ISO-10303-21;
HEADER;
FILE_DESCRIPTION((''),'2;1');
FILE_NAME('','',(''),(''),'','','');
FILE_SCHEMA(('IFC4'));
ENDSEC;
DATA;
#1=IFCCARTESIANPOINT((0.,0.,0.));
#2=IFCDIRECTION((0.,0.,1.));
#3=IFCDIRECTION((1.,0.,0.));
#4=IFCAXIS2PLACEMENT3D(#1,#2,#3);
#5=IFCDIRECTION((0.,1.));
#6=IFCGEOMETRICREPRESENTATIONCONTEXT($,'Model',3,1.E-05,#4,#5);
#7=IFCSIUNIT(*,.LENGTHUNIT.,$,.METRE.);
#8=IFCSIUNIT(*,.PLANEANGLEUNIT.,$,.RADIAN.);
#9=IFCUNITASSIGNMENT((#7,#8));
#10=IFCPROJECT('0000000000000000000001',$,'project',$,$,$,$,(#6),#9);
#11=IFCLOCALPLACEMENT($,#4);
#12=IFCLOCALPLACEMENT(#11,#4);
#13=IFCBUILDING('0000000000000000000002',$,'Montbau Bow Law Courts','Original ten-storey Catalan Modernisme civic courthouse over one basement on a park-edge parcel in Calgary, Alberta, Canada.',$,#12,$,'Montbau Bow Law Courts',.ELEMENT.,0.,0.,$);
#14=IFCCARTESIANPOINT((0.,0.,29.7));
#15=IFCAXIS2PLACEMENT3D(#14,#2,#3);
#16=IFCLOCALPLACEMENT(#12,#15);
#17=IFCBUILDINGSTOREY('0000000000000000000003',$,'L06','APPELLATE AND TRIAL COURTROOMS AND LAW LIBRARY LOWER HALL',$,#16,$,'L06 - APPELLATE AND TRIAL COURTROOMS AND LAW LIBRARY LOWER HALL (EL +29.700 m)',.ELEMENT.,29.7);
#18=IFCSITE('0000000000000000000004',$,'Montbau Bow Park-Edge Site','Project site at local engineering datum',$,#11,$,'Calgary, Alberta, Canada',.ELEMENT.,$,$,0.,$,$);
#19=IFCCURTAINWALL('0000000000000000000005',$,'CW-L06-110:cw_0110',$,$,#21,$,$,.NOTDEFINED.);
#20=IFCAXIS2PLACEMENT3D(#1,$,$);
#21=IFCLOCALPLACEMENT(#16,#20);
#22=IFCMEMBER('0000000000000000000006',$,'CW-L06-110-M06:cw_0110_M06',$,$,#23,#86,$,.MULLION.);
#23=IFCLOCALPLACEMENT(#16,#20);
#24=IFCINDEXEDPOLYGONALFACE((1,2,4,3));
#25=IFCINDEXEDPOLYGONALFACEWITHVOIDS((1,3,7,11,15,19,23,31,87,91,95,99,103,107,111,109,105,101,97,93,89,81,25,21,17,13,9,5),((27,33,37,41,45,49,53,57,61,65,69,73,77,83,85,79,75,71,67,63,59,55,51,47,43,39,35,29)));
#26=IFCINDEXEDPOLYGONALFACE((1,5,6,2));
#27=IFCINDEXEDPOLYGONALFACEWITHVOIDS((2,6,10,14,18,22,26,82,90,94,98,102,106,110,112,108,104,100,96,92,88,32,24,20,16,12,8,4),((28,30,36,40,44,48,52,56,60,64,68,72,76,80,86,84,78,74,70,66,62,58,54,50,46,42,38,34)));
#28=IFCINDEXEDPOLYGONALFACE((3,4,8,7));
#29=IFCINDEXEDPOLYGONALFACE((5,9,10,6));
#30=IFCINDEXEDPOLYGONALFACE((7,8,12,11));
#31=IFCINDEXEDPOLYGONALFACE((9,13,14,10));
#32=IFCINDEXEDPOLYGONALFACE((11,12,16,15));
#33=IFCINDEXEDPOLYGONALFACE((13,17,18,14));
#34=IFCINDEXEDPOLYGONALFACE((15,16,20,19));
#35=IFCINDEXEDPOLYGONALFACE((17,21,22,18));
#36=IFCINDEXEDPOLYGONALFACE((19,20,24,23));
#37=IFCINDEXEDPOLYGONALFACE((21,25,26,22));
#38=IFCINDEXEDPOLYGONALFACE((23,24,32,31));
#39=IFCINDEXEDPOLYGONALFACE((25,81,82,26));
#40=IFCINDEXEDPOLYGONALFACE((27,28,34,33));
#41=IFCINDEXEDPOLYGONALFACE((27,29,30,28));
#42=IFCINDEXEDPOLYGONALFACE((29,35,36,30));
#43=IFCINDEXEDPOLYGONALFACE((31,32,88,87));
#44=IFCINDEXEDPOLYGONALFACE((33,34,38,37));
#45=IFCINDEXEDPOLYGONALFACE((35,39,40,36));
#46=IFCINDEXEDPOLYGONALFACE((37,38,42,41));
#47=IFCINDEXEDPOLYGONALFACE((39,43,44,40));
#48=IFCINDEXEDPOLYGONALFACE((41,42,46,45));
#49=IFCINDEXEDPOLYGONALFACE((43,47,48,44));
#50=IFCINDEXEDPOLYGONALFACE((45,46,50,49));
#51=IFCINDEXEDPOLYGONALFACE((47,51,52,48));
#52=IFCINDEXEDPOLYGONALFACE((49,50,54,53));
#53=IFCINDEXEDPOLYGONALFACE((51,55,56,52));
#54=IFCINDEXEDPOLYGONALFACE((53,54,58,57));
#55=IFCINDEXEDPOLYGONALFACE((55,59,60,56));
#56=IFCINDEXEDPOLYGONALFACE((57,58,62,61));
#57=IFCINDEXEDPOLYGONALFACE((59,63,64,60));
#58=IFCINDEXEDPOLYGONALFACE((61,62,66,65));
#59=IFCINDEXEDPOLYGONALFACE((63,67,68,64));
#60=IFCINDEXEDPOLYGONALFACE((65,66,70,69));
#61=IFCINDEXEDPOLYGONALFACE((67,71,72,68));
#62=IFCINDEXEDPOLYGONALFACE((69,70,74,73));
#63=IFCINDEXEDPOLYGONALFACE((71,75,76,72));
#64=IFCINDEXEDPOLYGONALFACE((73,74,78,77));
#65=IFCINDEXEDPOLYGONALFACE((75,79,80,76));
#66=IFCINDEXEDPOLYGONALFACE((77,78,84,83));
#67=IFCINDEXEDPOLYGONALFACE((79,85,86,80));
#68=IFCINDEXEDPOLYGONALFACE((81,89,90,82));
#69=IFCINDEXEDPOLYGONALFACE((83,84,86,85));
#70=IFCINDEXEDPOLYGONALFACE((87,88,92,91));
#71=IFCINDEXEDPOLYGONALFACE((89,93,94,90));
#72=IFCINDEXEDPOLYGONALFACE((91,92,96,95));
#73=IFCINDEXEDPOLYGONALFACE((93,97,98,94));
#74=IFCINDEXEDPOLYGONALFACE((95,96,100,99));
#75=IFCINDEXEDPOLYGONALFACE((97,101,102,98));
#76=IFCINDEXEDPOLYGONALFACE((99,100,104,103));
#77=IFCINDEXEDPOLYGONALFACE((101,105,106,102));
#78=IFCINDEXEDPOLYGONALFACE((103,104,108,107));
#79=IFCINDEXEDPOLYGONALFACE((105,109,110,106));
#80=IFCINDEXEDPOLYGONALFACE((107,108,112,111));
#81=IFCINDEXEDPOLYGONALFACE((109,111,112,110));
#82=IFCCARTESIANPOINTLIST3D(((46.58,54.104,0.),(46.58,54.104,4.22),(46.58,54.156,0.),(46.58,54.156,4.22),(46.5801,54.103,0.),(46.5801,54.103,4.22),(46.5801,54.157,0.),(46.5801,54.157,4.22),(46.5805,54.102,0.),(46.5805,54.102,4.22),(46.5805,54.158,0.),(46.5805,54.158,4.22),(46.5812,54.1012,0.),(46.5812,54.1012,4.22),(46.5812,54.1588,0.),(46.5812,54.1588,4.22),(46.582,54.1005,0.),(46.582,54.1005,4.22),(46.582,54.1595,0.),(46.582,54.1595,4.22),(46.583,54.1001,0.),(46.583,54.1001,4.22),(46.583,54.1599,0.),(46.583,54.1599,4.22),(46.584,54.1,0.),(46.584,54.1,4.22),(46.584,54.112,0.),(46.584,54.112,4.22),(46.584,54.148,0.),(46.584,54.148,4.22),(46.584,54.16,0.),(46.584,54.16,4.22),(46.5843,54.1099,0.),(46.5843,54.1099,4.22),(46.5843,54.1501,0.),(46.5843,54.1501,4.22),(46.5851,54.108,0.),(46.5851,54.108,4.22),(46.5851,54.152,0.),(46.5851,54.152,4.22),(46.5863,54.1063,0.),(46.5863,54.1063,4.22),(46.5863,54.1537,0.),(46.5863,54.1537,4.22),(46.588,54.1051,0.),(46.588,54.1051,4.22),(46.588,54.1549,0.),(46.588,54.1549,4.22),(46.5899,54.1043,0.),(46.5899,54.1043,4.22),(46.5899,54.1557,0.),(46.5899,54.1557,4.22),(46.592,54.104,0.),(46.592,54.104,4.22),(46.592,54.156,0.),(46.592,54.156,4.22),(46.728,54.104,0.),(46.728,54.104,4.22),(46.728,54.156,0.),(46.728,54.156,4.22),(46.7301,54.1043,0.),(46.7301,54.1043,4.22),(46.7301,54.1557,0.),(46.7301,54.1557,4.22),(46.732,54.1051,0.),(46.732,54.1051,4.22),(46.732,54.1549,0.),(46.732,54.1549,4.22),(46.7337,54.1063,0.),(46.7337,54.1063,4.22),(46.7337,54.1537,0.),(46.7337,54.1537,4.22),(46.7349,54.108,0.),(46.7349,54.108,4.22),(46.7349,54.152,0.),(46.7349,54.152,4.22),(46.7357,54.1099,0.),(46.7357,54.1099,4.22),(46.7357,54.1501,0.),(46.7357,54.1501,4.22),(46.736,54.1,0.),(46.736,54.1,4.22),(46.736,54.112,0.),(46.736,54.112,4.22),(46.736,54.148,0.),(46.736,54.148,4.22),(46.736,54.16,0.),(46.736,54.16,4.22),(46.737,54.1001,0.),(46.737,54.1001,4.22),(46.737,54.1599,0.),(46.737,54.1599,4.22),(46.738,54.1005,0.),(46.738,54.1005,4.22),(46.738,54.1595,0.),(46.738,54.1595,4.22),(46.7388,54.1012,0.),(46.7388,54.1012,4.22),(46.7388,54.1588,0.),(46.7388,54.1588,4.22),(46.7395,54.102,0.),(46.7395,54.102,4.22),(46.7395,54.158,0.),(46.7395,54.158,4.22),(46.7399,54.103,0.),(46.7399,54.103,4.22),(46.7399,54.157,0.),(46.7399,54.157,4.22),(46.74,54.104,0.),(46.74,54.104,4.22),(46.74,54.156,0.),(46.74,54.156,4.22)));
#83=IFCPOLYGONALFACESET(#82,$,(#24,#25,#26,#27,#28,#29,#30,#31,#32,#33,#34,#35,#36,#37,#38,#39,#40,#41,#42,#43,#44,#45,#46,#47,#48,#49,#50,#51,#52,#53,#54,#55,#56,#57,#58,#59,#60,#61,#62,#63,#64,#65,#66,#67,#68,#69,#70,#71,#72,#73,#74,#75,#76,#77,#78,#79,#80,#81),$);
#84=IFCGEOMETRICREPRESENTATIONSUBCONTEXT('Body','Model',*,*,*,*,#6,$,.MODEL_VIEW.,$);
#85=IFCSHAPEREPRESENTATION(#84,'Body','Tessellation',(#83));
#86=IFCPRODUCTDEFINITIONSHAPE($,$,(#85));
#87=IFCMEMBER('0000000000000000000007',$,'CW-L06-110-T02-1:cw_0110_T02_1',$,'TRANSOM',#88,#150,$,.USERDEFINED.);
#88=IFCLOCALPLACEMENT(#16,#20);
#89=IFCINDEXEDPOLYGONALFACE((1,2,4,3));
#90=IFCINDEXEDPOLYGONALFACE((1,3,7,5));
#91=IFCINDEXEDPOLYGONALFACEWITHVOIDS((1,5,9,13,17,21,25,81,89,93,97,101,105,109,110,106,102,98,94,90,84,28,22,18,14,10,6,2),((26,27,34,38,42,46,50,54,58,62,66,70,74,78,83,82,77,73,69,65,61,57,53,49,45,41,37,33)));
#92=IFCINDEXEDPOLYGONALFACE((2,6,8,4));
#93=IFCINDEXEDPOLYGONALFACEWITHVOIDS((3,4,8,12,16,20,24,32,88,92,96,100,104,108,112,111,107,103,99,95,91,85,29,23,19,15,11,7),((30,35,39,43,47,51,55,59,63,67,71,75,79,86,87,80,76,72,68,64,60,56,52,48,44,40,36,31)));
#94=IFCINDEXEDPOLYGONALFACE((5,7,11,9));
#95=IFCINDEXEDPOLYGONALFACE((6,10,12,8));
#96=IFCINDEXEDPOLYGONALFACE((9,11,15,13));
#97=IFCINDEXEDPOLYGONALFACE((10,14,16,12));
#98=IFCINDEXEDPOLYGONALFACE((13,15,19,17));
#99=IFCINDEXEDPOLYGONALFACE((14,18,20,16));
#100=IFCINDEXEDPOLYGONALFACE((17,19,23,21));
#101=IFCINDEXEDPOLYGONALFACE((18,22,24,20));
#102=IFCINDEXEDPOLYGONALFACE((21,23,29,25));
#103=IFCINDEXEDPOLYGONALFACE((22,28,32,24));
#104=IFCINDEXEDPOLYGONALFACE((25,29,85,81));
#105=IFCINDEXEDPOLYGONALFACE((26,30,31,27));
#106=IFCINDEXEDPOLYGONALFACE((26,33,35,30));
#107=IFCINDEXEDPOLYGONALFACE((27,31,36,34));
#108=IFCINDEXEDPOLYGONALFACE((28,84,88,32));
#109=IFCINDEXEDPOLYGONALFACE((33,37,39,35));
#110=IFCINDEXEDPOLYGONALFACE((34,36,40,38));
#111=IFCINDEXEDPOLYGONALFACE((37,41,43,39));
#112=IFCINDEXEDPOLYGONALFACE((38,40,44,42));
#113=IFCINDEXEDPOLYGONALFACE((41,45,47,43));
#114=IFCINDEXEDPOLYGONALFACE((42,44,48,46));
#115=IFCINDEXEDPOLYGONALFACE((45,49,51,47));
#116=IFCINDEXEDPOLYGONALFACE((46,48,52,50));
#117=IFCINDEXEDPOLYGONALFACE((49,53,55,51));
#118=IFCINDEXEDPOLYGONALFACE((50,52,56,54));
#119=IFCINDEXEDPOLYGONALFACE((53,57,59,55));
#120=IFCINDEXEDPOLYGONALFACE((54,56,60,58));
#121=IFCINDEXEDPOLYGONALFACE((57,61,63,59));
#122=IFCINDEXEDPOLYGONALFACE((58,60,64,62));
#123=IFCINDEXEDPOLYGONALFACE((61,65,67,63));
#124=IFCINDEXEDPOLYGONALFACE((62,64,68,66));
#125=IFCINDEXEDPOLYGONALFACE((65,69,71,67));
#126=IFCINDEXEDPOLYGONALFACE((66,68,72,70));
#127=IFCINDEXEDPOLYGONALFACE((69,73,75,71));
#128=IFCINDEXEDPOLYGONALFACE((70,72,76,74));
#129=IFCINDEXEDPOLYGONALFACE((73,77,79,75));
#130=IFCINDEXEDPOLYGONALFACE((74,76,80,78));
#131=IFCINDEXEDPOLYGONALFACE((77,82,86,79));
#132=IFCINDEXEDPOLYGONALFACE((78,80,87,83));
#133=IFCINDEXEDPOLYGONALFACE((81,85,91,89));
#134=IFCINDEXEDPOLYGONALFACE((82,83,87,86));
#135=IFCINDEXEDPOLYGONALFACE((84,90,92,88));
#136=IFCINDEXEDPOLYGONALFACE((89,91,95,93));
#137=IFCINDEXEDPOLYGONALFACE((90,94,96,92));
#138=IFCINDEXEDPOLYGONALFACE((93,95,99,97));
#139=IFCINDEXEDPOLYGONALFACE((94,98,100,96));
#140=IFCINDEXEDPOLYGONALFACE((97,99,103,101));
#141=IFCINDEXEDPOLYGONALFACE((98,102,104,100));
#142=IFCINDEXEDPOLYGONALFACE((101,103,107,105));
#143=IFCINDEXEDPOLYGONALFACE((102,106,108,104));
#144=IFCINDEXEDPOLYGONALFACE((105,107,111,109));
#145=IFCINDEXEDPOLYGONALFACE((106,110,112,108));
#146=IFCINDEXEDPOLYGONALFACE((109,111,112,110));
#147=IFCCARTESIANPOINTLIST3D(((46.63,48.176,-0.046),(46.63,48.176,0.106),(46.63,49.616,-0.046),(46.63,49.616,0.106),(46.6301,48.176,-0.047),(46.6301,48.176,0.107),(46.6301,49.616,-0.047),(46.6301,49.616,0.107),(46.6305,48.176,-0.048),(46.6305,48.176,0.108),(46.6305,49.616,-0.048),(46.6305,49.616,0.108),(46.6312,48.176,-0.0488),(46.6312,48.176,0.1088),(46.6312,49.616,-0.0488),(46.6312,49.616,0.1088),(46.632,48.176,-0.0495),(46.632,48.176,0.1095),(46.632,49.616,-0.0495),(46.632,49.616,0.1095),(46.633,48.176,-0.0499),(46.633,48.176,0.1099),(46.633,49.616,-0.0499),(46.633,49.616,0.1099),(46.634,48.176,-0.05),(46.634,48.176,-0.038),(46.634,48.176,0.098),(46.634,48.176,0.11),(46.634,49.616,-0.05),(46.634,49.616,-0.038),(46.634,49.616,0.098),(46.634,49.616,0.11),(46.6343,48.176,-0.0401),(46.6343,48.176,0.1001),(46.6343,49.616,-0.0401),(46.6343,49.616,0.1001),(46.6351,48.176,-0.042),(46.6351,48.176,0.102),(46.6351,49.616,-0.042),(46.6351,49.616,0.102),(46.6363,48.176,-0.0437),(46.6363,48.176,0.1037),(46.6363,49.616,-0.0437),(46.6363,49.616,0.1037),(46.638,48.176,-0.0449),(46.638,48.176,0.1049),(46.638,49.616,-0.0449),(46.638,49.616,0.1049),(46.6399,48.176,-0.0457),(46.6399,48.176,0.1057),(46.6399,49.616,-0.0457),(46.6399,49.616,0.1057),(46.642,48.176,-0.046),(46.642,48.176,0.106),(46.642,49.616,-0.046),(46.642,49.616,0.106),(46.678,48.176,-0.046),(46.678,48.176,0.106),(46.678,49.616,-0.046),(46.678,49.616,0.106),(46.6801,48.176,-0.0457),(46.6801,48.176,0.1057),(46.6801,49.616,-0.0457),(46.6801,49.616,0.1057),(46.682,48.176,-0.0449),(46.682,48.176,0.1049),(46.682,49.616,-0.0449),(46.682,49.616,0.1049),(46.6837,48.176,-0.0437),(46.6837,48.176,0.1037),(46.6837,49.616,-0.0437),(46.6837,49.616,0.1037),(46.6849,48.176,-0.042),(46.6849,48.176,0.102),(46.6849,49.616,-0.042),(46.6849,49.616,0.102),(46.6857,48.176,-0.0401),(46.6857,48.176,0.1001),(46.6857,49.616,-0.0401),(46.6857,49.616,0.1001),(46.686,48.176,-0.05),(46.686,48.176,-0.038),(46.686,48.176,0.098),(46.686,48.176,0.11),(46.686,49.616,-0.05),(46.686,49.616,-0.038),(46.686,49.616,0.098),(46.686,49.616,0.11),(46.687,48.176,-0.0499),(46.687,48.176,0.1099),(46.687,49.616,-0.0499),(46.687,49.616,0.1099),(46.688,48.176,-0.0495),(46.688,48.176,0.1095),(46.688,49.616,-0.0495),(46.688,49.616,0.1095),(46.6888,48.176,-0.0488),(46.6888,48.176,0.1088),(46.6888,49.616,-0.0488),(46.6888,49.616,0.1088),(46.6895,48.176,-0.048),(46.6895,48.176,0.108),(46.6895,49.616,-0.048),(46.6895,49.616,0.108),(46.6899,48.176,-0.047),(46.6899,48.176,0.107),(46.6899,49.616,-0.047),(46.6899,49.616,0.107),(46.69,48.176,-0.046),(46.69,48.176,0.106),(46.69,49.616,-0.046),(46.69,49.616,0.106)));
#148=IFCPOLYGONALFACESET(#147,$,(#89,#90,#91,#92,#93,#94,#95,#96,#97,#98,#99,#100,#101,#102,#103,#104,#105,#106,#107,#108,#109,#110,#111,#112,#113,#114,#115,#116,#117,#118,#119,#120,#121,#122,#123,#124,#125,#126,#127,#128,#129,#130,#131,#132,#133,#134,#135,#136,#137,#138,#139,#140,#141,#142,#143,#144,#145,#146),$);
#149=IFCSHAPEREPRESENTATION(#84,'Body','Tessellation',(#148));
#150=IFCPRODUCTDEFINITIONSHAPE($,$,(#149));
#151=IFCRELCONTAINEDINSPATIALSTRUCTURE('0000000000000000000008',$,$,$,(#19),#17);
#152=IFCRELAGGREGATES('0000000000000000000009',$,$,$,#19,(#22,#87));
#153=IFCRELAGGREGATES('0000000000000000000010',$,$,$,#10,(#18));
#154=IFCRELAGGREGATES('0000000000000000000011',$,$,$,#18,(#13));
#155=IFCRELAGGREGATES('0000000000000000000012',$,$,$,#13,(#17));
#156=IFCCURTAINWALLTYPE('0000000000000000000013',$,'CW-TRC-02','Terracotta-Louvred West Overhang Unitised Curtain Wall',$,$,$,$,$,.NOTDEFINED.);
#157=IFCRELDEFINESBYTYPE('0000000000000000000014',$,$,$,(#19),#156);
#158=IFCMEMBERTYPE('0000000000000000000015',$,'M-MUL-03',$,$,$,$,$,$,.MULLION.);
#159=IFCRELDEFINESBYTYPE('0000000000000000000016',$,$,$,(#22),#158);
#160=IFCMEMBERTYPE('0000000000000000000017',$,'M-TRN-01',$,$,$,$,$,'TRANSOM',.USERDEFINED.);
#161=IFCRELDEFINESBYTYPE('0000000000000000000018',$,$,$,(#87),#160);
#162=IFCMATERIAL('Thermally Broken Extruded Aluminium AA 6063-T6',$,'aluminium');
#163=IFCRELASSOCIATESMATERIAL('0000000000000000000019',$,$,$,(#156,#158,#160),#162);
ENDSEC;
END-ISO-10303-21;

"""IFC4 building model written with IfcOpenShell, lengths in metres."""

from ifc_helpers import new_model, si_unit, direction, frame, origin_with_axes, origin_2d_with_axis, place, context, subcontext, project, spatial, hollow_rectangle, extrude, material, material_profile, profile_set, type_object, element, aggregate, save


model = new_model("IFC4")

# Units and contexts
model_context = context("Model", 3, precision=1e-05, world=origin_with_axes(), true_north=direction((0.0, 1.0)))
body_context = subcontext(model_context, "Body", "Model", "MODEL_VIEW")
ifc_project = project(units=[si_unit("LENGTHUNIT", "METRE"), si_unit("PLANEANGLEUNIT", "RADIAN")], contexts=[model_context])

# Site, building, storey
site_placement = place(None, origin_with_axes())
site = spatial("IfcSite", under=ifc_project, at=site_placement, Name="Montbau Bow Park-Edge Site", Description="Project site at local engineering datum", LongName="Calgary, Alberta, Canada", CompositionType="ELEMENT", RefElevation=0.0)
building_placement = place(site_placement, origin_with_axes())
building = spatial("IfcBuilding", under=site, at=building_placement, Name="Montbau Bow Law Courts", Description="Original ten-storey Catalan Modernisme civic courthouse over one basement on a park-edge parcel in Calgary, Alberta, Canada.", LongName="Montbau Bow Law Courts", CompositionType="ELEMENT", ElevationOfRefHeight=0.0, ElevationOfTerrain=0.0)
storey_placement = place(building_placement, frame((0.0, 0.0, 29.7), z_axis=(0.0, 0.0, 1.0), x_axis=(1.0, 0.0, 0.0)))
storey = spatial("IfcBuildingStorey", under=building, at=storey_placement, Name="L06", Description="APPELLATE AND TRIAL COURTROOMS AND LAW LIBRARY LOWER HALL", LongName="L06 - APPELLATE AND TRIAL COURTROOMS AND LAW LIBRARY LOWER HALL (EL +29.700 m)", CompositionType="ELEMENT", Elevation=29.7)

# Curtain wall, members
ifc_material_1 = material(Name="Thermally Broken Extruded Aluminium AA 6063-T6", Category="aluminium")
curtain_wall_type = type_object("IfcCurtainWallType", Name="CW-TRC-02", Description="Terracotta-Louvred West Overhang Unitised Curtain Wall", PredefinedType="NOTDEFINED", material=ifc_material_1)
curtain_wall_placement = place(None, frame((46.66, 46.64, 29.7), z_axis=(0.0, 0.0, 1.0), x_axis=(1.0, 0.0, 0.0)))
curtain_wall = element("IfcCurtainWall", 1, at=curtain_wall_placement, inside=storey, type_object=curtain_wall_type, Name="CW-L06-110:cw_0110", PredefinedType="NOTDEFINED")
ifc_material_profile_1 = material_profile(ifc_material_1, hollow_rectangle(XDim=0.06, YDim=0.16, WallThickness=0.004, InnerFilletRadius=0.008, OuterFilletRadius=0.004, at=origin_2d_with_axis()), Name="CWM-160X60", Category="Main", Priority=0)
ifc_profile_set_1 = profile_set([ifc_material_profile_1], Name="Thermally Broken Extruded Aluminium AA 6063-T6")
member_type_1 = type_object("IfcMemberType", Name="M-MUL-03", PredefinedType="MULLION", material=ifc_profile_set_1)
member_1_placement = place(None, frame((46.66, 54.13, 29.7), z_axis=(0.0, 0.0, 1.0), x_axis=(0.0, 1.0, 0.0)))
member_1 = element("IfcMember", 2, at=member_1_placement, type_object=member_type_1, Name="CW-L06-110-M06:cw_0110_M06", PredefinedType="MULLION", context=body_context, shape_type="SweptSolid", body=[
    extrude(hollow_rectangle(XDim=0.06, YDim=0.16, WallThickness=0.004, InnerFilletRadius=0.008, OuterFilletRadius=0.004, at=origin_2d_with_axis()), origin_with_axes(), (0.0, 0.0, 1.0), 4.22),
])
ifc_material_profile_2 = material_profile(ifc_material_1, hollow_rectangle(XDim=0.06, YDim=0.16, WallThickness=0.004, InnerFilletRadius=0.008, OuterFilletRadius=0.004, at=origin_2d_with_axis()), Name="CWT-160X60", Category="Main", Priority=0)
ifc_profile_set_2 = profile_set([ifc_material_profile_2], Name="Thermally Broken Extruded Aluminium AA 6063-T6")
member_type_2 = type_object("IfcMemberType", Name="M-TRN-01", ElementType="TRANSOM", PredefinedType="USERDEFINED", material=ifc_profile_set_2)
member_2_placement = place(None, frame((46.66, 48.176, 29.73), z_axis=(0.0, 1.0, 0.0), x_axis=(-1.0, 0.0, 0.0)))
member_2 = element("IfcMember", 3, at=member_2_placement, type_object=member_type_2, Name="CW-L06-110-T02-1:cw_0110_T02_1", ObjectType="TRANSOM", PredefinedType="USERDEFINED", context=body_context, shape_type="SweptSolid", body=[
    extrude(hollow_rectangle(XDim=0.06, YDim=0.16, WallThickness=0.004, InnerFilletRadius=0.008, OuterFilletRadius=0.004, at=origin_2d_with_axis()), origin_with_axes(), (0.0, 0.0, 1.0), 1.44),
])
aggregate(curtain_wall, [member_1, member_2])

save(model, "model.ifc")
